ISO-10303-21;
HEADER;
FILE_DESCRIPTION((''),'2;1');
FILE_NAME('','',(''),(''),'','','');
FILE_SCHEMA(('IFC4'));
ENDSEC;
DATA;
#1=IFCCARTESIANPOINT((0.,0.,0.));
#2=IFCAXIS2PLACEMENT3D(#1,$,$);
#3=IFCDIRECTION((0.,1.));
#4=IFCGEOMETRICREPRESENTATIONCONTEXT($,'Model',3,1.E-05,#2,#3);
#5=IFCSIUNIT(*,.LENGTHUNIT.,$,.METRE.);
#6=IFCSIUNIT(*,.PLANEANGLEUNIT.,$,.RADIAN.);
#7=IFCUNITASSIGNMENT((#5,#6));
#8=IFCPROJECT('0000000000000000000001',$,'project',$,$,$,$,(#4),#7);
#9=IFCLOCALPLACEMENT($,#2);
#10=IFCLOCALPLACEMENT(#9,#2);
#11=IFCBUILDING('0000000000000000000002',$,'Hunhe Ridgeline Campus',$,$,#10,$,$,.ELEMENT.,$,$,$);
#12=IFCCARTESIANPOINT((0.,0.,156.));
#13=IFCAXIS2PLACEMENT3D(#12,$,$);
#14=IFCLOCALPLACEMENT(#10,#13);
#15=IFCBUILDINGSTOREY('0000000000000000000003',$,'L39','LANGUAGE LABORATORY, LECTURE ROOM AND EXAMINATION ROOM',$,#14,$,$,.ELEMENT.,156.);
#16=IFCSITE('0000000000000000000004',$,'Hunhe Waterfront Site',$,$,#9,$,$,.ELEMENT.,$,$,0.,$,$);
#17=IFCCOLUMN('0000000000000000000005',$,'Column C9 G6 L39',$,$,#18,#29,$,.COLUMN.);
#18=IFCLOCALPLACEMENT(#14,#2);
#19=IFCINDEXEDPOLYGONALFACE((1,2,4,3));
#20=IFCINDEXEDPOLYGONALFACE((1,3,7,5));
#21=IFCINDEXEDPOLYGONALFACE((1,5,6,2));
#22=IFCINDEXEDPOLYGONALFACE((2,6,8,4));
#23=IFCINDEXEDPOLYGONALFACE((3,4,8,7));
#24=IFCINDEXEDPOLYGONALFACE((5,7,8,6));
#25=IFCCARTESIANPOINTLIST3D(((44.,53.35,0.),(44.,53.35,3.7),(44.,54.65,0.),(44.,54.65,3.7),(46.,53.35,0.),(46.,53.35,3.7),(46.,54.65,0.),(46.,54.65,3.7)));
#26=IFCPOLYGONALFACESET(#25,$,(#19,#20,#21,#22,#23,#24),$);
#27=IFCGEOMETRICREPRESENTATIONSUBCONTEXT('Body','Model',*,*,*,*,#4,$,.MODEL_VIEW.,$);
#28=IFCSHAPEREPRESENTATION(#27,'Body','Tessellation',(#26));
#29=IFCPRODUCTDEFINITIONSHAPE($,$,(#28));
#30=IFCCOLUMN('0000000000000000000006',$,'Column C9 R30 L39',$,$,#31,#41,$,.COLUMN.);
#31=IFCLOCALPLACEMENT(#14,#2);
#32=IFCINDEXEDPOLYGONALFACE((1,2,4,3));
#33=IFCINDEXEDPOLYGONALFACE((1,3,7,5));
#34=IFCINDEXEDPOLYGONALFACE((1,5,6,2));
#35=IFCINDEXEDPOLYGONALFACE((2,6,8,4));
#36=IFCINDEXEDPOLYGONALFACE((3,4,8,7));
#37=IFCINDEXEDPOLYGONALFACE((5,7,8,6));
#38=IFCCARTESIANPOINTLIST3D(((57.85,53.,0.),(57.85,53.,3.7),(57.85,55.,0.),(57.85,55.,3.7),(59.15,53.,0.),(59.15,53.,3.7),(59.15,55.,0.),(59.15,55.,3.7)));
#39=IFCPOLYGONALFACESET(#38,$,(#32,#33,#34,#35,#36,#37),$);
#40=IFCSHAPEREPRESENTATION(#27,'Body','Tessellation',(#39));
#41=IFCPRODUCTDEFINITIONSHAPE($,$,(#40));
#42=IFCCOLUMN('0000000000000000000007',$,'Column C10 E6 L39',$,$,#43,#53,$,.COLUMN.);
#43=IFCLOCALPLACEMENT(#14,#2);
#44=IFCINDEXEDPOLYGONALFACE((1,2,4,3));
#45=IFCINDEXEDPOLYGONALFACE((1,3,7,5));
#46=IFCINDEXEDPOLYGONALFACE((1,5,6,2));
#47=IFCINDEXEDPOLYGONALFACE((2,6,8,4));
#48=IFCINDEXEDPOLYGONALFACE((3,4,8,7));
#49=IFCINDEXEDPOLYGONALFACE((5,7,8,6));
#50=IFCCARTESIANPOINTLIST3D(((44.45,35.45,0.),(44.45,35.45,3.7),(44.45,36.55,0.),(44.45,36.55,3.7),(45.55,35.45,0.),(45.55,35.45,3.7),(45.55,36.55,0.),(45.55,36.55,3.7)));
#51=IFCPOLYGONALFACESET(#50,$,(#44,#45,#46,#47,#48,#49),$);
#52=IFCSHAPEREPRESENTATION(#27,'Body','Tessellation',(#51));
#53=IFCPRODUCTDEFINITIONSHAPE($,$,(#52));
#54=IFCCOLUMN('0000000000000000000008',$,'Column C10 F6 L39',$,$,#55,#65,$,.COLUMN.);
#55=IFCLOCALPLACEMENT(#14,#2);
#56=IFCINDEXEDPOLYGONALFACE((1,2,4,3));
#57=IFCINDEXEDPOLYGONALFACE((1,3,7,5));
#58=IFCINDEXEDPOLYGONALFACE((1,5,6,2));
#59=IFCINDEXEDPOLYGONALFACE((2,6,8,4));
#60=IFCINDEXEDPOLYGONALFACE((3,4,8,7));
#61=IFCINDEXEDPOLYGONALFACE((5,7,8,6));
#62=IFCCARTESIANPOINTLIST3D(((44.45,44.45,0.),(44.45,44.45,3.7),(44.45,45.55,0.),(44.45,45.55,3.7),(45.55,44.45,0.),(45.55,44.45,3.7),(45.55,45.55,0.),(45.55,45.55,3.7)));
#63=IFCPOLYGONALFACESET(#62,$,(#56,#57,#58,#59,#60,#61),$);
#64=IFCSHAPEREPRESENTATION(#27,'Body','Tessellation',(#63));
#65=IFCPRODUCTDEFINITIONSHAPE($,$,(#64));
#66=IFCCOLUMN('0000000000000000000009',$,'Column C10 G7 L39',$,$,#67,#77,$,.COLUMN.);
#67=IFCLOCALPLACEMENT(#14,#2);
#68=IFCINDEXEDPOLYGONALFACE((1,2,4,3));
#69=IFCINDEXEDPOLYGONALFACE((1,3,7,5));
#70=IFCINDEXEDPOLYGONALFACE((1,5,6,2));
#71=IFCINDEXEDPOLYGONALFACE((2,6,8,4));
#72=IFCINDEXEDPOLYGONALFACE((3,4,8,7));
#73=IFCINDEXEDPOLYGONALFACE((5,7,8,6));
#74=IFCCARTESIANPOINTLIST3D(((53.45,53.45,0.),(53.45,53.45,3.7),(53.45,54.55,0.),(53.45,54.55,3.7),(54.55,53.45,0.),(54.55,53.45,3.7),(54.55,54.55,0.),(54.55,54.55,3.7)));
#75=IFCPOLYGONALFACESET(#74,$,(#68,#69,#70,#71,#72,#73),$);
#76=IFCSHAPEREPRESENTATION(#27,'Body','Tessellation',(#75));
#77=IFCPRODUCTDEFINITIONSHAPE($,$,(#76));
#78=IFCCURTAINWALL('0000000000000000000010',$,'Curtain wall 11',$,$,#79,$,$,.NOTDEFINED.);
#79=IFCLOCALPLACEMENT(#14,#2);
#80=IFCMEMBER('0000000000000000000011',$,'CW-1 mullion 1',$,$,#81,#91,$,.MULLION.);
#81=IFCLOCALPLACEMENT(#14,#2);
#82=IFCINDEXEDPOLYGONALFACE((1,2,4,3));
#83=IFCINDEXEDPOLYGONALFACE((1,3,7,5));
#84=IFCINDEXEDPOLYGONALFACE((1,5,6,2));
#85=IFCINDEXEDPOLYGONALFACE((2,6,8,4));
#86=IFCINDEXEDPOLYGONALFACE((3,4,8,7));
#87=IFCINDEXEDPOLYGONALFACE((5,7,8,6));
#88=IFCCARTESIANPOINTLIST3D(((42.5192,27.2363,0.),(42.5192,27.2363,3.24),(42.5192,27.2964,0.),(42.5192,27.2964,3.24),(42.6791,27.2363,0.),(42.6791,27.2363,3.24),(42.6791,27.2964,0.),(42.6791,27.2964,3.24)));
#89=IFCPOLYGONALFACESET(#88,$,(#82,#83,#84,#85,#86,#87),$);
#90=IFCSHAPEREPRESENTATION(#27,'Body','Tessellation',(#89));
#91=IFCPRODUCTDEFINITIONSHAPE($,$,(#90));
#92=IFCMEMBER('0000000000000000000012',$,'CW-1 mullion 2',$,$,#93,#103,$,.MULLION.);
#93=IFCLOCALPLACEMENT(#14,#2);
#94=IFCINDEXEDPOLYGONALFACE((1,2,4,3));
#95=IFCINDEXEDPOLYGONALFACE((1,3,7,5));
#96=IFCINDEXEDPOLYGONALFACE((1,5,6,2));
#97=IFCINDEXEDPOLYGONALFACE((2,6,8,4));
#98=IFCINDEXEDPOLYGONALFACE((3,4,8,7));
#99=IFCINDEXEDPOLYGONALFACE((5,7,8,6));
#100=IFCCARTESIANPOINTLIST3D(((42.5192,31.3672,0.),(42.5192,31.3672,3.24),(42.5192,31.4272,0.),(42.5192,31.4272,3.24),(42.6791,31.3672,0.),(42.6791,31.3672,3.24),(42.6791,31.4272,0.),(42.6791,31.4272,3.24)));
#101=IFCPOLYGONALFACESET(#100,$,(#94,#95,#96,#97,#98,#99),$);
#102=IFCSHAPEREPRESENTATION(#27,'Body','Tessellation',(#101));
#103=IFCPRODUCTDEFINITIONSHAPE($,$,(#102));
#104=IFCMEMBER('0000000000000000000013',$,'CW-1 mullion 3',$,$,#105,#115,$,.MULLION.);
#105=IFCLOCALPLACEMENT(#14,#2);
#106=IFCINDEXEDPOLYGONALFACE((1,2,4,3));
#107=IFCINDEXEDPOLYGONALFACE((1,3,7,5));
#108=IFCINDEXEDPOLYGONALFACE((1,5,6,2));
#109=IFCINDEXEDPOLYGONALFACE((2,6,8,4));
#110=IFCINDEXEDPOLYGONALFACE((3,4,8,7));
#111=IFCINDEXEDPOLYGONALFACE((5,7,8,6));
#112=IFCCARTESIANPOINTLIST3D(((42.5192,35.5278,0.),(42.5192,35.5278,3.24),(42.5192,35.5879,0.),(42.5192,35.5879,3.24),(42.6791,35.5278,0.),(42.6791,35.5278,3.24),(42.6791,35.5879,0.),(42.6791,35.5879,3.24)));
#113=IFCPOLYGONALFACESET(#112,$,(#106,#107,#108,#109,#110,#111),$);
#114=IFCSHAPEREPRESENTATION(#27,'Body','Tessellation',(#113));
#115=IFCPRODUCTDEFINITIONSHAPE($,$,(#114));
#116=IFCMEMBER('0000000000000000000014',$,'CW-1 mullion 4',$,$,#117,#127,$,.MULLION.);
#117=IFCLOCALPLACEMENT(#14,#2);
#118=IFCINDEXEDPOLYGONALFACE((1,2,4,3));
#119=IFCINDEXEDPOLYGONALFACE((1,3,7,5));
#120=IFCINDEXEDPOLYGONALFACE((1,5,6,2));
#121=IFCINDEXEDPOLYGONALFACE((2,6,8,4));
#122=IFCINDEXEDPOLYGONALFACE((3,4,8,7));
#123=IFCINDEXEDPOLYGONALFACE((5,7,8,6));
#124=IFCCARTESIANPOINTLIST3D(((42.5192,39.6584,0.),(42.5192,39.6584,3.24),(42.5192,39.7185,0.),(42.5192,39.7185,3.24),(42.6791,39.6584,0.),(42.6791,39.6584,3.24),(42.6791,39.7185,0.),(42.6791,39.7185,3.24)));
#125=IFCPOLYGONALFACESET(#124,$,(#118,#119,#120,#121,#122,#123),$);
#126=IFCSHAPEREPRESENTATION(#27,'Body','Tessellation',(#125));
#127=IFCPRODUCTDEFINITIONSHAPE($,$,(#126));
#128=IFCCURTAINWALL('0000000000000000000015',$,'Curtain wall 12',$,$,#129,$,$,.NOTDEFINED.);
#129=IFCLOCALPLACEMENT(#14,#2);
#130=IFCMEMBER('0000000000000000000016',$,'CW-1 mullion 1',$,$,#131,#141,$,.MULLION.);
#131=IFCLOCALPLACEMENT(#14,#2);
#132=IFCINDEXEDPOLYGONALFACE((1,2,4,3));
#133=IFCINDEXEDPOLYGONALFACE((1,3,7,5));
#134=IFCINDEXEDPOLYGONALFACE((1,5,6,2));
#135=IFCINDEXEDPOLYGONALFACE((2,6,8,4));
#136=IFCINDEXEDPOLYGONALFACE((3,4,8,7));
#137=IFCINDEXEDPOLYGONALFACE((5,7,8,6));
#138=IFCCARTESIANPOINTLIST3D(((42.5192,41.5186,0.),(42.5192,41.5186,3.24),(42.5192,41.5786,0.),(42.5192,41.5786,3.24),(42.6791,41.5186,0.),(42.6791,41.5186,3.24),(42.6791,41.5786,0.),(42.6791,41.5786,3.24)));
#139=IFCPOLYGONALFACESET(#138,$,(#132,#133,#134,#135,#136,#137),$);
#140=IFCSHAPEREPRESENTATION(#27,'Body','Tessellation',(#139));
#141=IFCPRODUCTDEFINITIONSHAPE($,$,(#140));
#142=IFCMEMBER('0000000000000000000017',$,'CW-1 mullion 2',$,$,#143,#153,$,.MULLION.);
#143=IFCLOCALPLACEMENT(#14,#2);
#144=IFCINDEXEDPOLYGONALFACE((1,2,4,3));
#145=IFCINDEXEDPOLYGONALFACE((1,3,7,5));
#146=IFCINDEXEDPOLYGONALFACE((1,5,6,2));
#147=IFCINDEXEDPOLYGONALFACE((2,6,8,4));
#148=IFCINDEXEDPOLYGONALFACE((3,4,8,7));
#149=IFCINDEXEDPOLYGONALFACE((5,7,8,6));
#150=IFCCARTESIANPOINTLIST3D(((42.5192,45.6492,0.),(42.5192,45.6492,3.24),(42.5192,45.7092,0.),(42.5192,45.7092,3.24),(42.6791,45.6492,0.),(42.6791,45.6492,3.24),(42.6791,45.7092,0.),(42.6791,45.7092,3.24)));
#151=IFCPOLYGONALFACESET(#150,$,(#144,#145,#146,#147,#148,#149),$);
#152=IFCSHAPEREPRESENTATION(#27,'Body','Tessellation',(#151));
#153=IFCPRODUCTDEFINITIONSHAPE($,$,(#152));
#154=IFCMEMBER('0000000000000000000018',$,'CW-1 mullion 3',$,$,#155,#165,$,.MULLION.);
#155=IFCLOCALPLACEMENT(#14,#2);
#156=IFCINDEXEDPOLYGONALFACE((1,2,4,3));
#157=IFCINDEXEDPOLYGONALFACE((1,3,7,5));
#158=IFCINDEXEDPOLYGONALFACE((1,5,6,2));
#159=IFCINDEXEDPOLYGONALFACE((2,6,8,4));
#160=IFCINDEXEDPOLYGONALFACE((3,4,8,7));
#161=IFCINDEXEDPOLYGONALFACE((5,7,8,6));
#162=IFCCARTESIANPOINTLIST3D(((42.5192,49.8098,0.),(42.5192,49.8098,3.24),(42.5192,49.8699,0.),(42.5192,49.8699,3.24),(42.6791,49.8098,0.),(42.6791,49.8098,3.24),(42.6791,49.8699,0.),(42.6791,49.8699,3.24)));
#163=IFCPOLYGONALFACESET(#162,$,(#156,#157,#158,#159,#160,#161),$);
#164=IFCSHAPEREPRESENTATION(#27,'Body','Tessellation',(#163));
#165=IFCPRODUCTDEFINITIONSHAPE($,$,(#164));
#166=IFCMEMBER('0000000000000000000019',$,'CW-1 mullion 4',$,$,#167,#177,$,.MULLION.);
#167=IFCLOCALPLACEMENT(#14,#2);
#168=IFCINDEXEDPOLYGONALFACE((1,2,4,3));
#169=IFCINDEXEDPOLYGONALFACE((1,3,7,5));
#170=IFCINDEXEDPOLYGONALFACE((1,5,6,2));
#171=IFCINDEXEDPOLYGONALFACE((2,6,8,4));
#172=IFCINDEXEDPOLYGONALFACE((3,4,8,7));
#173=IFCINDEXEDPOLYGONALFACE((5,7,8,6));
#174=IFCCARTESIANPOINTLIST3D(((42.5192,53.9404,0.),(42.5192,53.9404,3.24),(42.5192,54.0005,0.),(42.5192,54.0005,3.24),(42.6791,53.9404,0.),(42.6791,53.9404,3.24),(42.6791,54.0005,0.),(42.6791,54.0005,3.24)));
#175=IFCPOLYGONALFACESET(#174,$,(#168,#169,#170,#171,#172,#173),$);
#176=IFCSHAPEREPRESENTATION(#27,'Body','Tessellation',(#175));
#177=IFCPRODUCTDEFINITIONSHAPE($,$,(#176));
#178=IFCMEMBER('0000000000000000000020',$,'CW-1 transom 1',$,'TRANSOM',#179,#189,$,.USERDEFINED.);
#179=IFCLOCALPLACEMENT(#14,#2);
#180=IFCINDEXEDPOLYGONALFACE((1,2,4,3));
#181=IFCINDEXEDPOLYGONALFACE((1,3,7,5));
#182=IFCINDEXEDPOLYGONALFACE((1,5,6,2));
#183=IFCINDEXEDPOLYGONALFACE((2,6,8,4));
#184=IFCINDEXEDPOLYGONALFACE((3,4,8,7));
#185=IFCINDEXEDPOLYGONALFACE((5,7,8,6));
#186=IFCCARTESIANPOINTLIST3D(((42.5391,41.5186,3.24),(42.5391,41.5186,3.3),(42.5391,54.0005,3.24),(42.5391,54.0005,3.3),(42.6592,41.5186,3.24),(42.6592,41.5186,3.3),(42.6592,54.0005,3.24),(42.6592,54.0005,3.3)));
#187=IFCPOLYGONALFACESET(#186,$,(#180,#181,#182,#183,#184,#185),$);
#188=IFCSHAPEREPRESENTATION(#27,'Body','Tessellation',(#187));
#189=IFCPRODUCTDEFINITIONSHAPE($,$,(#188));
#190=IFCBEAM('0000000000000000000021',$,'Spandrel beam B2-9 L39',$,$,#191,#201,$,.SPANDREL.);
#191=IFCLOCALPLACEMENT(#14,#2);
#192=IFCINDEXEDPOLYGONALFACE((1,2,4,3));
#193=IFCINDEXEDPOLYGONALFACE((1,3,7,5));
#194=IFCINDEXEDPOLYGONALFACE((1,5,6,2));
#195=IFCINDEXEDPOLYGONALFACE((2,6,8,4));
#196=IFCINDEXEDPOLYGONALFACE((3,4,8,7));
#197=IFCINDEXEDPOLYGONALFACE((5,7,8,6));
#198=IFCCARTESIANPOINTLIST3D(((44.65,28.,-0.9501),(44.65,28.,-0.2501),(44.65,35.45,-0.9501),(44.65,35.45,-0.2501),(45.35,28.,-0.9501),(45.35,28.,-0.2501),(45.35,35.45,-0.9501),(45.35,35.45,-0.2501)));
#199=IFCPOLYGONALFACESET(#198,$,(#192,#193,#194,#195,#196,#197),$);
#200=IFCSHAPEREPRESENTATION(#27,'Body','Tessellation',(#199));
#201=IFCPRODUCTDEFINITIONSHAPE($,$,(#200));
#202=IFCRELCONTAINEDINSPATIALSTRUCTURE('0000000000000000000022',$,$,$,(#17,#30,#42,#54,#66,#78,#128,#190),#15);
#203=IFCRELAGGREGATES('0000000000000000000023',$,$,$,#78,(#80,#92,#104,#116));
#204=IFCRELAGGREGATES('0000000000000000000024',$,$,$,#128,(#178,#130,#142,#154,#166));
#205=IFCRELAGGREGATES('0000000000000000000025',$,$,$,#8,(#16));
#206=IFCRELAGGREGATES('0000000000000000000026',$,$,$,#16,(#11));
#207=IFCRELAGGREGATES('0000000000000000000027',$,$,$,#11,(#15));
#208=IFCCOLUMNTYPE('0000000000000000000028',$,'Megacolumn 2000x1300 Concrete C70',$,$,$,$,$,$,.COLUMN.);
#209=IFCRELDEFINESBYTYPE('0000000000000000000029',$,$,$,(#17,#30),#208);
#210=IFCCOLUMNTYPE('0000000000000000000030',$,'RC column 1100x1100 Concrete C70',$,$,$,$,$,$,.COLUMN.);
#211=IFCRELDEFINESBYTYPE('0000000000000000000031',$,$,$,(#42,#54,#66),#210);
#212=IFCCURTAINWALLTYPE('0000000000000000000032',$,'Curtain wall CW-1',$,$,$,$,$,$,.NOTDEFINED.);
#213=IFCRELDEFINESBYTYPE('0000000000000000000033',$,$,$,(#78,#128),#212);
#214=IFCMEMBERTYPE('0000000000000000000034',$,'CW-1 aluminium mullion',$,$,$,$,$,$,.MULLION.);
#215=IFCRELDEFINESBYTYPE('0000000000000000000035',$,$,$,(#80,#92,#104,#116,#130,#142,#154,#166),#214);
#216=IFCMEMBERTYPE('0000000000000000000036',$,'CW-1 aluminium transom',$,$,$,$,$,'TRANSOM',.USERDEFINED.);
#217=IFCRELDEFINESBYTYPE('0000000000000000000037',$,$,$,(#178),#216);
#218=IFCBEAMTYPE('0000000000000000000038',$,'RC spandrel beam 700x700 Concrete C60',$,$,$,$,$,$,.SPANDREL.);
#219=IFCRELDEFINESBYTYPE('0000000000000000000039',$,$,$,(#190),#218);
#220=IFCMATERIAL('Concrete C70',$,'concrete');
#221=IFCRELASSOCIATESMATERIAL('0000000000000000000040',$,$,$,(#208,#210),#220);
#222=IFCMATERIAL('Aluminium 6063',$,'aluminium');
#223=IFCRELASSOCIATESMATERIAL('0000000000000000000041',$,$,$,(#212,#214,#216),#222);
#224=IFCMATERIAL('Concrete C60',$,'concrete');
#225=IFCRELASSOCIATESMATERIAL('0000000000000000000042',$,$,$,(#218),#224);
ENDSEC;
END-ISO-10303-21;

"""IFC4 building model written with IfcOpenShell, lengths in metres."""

from ifc_helpers import new_model, si_unit, direction, frame, origin, origin_2d, place, context, subcontext, project, spatial, rectangle, extrude, material, material_profile, profile_set, type_object, element, aggregate, save


model = new_model("IFC4")

# Units and contexts
model_context = context("Model", 3, precision=1e-05, world=origin(), true_north=direction((0.0, 1.0)))
body_context = subcontext(model_context, "Body", "Model", "MODEL_VIEW")
ifc_project = project(units=[si_unit("LENGTHUNIT", "METRE"), si_unit("PLANEANGLEUNIT", "RADIAN")], contexts=[model_context])

# Site, building, storey
site_placement = place(None, origin())
site = spatial("IfcSite", under=ifc_project, at=site_placement, Name="Hunhe Waterfront Site", CompositionType="ELEMENT", RefElevation=0.0)
building_placement = place(site_placement, origin())
building = spatial("IfcBuilding", under=site, at=building_placement, Name="Hunhe Ridgeline Campus", CompositionType="ELEMENT")
storey_placement = place(building_placement, frame((0.0, 0.0, 156.0)))
storey = spatial("IfcBuildingStorey", under=building, at=storey_placement, Name="L39", Description="LANGUAGE LABORATORY, LECTURE ROOM AND EXAMINATION ROOM", CompositionType="ELEMENT", Elevation=156.0)

# Columns
ifc_material_1 = material(Name="Concrete C70", Category="concrete")
ifc_material_profile_1 = material_profile(ifc_material_1, rectangle(XDim=2.0, YDim=1.3, at=origin_2d()))
ifc_profile_set_1 = profile_set([ifc_material_profile_1], Name="Concrete C70")
column_type_1 = type_object("IfcColumnType", Name="Megacolumn 2000x1300 Concrete C70", PredefinedType="COLUMN", material=ifc_profile_set_1)
for number, where, z_axis, x_axis, name in (
    (1, (45.0, 54.0, 0.0), (0.0, 0.0, 1.0), (1.0, 0.0, 0.0), "Column C9 G6 L39"),
    (2, (58.5, 54.0, 0.0), (0.0, 0.0, 1.0), (0.0, 1.0, 0.0), "Column C9 R30 L39"),
):
    element("IfcColumn", number, at=place(storey_placement, frame(where, z_axis=z_axis, x_axis=x_axis)), inside=storey, type_object=column_type_1, Name=name, PredefinedType="COLUMN", context=body_context, shape_type="SweptSolid", body=[
        extrude(rectangle(XDim=2.0, YDim=1.3, at=origin_2d()), origin(), (0.0, 0.0, 1.0), 3.7),
    ])
ifc_material_profile_2 = material_profile(ifc_material_1, rectangle(XDim=1.1001, YDim=1.1001, at=origin_2d()))
ifc_profile_set_2 = profile_set([ifc_material_profile_2], Name="Concrete C70")
column_type_2 = type_object("IfcColumnType", Name="RC column 1100x1100 Concrete C70", PredefinedType="COLUMN", material=ifc_profile_set_2)
for number, where, z_axis, x_axis, name in (
    (3, (45.0, 36.0, 0.0), (0.0, 0.0, 1.0), (1.0, 0.0, 0.0), "Column C10 E6 L39"),
    (4, (45.0, 45.0, 0.0), (0.0, 0.0, 1.0), (1.0, 0.0, 0.0), "Column C10 F6 L39"),
    (5, (54.0, 54.0, 0.0), (0.0, 0.0, 1.0), (1.0, 0.0, 0.0), "Column C10 G7 L39"),
):
    element("IfcColumn", number, at=place(storey_placement, frame(where, z_axis=z_axis, x_axis=x_axis)), inside=storey, type_object=column_type_2, Name=name, PredefinedType="COLUMN", context=body_context, shape_type="SweptSolid", body=[
        extrude(rectangle(XDim=1.1001, YDim=1.1001, at=origin_2d()), origin(), (0.0, 0.0, 1.0), 3.7),
    ])

# Curtain walls, members
ifc_material_2 = material(Name="Aluminium 6063", Category="aluminium")
curtain_wall_type = type_object("IfcCurtainWallType", Name="Curtain wall CW-1", PredefinedType="NOTDEFINED", material=ifc_material_2)
curtain_wall_1_placement = place(storey_placement, origin())
curtain_wall_1 = element("IfcCurtainWall", 6, at=curtain_wall_1_placement, inside=storey, type_object=curtain_wall_type, Name="Curtain wall 11", PredefinedType="NOTDEFINED")
ifc_material_profile_3 = material_profile(ifc_material_2, rectangle(XDim=0.1599, YDim=0.0601, at=origin_2d()))
ifc_profile_set_3 = profile_set([ifc_material_profile_3], Name="Aluminium 6063")
member_type_1 = type_object("IfcMemberType", Name="CW-1 aluminium mullion", PredefinedType="MULLION", material=ifc_profile_set_3)
member_1_placement = place(storey_placement, frame((42.5991, 27.2664, 0.0), z_axis=(0.0, 0.0, 1.0), x_axis=(-1.0, 0.000004, 0.0)))
member_1 = element("IfcMember", 7, at=member_1_placement, type_object=member_type_1, Name="CW-1 mullion 1", PredefinedType="MULLION", context=body_context, shape_type="SweptSolid", body=[
    extrude(rectangle(XDim=0.1599, YDim=0.0601, at=origin_2d()), origin(), (0.0, 0.0, 1.0), 3.24),
])
member_2_placement = place(storey_placement, frame((42.5991, 31.3972, 0.0), z_axis=(0.0, 0.0, 1.0), x_axis=(-1.0, 0.000004, 0.0)))
member_2 = element("IfcMember", 8, at=member_2_placement, type_object=member_type_1, Name="CW-1 mullion 2", PredefinedType="MULLION", context=body_context, shape_type="SweptSolid", body=[
    extrude(rectangle(XDim=0.1599, YDim=0.0601, at=origin_2d()), origin(), (0.0, 0.0, 1.0), 3.24),
])
member_3_placement = place(storey_placement, frame((42.5991, 35.5579, 0.0), z_axis=(0.0, 0.0, 1.0), x_axis=(-1.0, 0.000004, 0.0)))
member_3 = element("IfcMember", 9, at=member_3_placement, type_object=member_type_1, Name="CW-1 mullion 3", PredefinedType="MULLION", context=body_context, shape_type="SweptSolid", body=[
    extrude(rectangle(XDim=0.1599, YDim=0.0601, at=origin_2d()), origin(), (0.0, 0.0, 1.0), 3.24),
])
member_4_placement = place(storey_placement, frame((42.5991, 39.6885, 0.0), z_axis=(0.0, 0.0, 1.0), x_axis=(-1.0, 0.000004, 0.0)))
member_4 = element("IfcMember", 10, at=member_4_placement, type_object=member_type_1, Name="CW-1 mullion 4", PredefinedType="MULLION", context=body_context, shape_type="SweptSolid", body=[
    extrude(rectangle(XDim=0.1599, YDim=0.0601, at=origin_2d()), origin(), (0.0, 0.0, 1.0), 3.24),
])
curtain_wall_2_placement = place(storey_placement, origin())
curtain_wall_2 = element("IfcCurtainWall", 11, at=curtain_wall_2_placement, inside=storey, type_object=curtain_wall_type, Name="Curtain wall 12", PredefinedType="NOTDEFINED")
member_5_placement = place(storey_placement, frame((42.5991, 41.5486, 0.0), z_axis=(0.0, 0.0, 1.0), x_axis=(-1.0, 0.000004, 0.0)))
member_5 = element("IfcMember", 12, at=member_5_placement, type_object=member_type_1, Name="CW-1 mullion 1", PredefinedType="MULLION", context=body_context, shape_type="SweptSolid", body=[
    extrude(rectangle(XDim=0.1599, YDim=0.0601, at=origin_2d()), origin(), (0.0, 0.0, 1.0), 3.24),
])
member_6_placement = place(storey_placement, frame((42.5991, 45.6792, 0.0), z_axis=(0.0, 0.0, 1.0), x_axis=(-1.0, 0.000004, 0.0)))
member_6 = element("IfcMember", 13, at=member_6_placement, type_object=member_type_1, Name="CW-1 mullion 2", PredefinedType="MULLION", context=body_context, shape_type="SweptSolid", body=[
    extrude(rectangle(XDim=0.1599, YDim=0.0601, at=origin_2d()), origin(), (0.0, 0.0, 1.0), 3.24),
])
member_7_placement = place(storey_placement, frame((42.5991, 49.8398, 0.0), z_axis=(0.0, 0.0, 1.0), x_axis=(-1.0, 0.000004, 0.0)))
member_7 = element("IfcMember", 14, at=member_7_placement, type_object=member_type_1, Name="CW-1 mullion 3", PredefinedType="MULLION", context=body_context, shape_type="SweptSolid", body=[
    extrude(rectangle(XDim=0.1599, YDim=0.0601, at=origin_2d()), origin(), (0.0, 0.0, 1.0), 3.24),
])
member_8_placement = place(storey_placement, frame((42.5991, 53.9705, 0.0), z_axis=(0.0, 0.0, 1.0), x_axis=(-1.0, 0.000004, 0.0)))
member_8 = element("IfcMember", 15, at=member_8_placement, type_object=member_type_1, Name="CW-1 mullion 4", PredefinedType="MULLION", context=body_context, shape_type="SweptSolid", body=[
    extrude(rectangle(XDim=0.1599, YDim=0.0601, at=origin_2d()), origin(), (0.0, 0.0, 1.0), 3.24),
])
ifc_material_profile_4 = material_profile(ifc_material_2, rectangle(XDim=0.1201, YDim=0.0601, at=origin_2d()))
ifc_profile_set_4 = profile_set([ifc_material_profile_4], Name="Aluminium 6063")
member_type_2 = type_object("IfcMemberType", Name="CW-1 aluminium transom", ElementType="TRANSOM", PredefinedType="USERDEFINED", material=ifc_profile_set_4)
member_9_placement = place(storey_placement, frame((42.5991, 41.5186, 3.27), z_axis=(0.0, 1.0, 0.0), x_axis=(-1.0, 0.0, 0.0)))
member_9 = element("IfcMember", 16, at=member_9_placement, type_object=member_type_2, Name="CW-1 transom 1", ObjectType="TRANSOM", PredefinedType="USERDEFINED", context=body_context, shape_type="SweptSolid", body=[
    extrude(rectangle(XDim=0.1201, YDim=0.0601, at=origin_2d()), origin(), (0.0, 0.0, 1.0), 12.4819),
])

# Beam
ifc_material_3 = material(Name="Concrete C60", Category="concrete")
ifc_material_profile_5 = material_profile(ifc_material_3, rectangle(XDim=0.7, YDim=0.7, at=origin_2d()))
ifc_profile_set_5 = profile_set([ifc_material_profile_5], Name="Concrete C60")
beam_type = type_object("IfcBeamType", Name="RC spandrel beam 700x700 Concrete C60", PredefinedType="SPANDREL", material=ifc_profile_set_5)
beam_1_placement = place(storey_placement, frame((45.0, 28.0, -0.6001), z_axis=(0.0, 1.0, 0.0), x_axis=(-1.0, 0.0, 0.0)))
element("IfcBeam", 17, at=beam_1_placement, inside=storey, type_object=beam_type, Name="Spandrel beam B2-9 L39", PredefinedType="SPANDREL", context=body_context, shape_type="SweptSolid", body=[
    extrude(rectangle(XDim=0.7, YDim=0.7, at=origin_2d()), origin(), (0.0, 0.0, 1.0), 7.45),
])

aggregate(curtain_wall_1, [member_1, member_2, member_3, member_4])
aggregate(curtain_wall_2, [member_9, member_5, member_6, member_7, member_8])

save(model, "model.ifc")
